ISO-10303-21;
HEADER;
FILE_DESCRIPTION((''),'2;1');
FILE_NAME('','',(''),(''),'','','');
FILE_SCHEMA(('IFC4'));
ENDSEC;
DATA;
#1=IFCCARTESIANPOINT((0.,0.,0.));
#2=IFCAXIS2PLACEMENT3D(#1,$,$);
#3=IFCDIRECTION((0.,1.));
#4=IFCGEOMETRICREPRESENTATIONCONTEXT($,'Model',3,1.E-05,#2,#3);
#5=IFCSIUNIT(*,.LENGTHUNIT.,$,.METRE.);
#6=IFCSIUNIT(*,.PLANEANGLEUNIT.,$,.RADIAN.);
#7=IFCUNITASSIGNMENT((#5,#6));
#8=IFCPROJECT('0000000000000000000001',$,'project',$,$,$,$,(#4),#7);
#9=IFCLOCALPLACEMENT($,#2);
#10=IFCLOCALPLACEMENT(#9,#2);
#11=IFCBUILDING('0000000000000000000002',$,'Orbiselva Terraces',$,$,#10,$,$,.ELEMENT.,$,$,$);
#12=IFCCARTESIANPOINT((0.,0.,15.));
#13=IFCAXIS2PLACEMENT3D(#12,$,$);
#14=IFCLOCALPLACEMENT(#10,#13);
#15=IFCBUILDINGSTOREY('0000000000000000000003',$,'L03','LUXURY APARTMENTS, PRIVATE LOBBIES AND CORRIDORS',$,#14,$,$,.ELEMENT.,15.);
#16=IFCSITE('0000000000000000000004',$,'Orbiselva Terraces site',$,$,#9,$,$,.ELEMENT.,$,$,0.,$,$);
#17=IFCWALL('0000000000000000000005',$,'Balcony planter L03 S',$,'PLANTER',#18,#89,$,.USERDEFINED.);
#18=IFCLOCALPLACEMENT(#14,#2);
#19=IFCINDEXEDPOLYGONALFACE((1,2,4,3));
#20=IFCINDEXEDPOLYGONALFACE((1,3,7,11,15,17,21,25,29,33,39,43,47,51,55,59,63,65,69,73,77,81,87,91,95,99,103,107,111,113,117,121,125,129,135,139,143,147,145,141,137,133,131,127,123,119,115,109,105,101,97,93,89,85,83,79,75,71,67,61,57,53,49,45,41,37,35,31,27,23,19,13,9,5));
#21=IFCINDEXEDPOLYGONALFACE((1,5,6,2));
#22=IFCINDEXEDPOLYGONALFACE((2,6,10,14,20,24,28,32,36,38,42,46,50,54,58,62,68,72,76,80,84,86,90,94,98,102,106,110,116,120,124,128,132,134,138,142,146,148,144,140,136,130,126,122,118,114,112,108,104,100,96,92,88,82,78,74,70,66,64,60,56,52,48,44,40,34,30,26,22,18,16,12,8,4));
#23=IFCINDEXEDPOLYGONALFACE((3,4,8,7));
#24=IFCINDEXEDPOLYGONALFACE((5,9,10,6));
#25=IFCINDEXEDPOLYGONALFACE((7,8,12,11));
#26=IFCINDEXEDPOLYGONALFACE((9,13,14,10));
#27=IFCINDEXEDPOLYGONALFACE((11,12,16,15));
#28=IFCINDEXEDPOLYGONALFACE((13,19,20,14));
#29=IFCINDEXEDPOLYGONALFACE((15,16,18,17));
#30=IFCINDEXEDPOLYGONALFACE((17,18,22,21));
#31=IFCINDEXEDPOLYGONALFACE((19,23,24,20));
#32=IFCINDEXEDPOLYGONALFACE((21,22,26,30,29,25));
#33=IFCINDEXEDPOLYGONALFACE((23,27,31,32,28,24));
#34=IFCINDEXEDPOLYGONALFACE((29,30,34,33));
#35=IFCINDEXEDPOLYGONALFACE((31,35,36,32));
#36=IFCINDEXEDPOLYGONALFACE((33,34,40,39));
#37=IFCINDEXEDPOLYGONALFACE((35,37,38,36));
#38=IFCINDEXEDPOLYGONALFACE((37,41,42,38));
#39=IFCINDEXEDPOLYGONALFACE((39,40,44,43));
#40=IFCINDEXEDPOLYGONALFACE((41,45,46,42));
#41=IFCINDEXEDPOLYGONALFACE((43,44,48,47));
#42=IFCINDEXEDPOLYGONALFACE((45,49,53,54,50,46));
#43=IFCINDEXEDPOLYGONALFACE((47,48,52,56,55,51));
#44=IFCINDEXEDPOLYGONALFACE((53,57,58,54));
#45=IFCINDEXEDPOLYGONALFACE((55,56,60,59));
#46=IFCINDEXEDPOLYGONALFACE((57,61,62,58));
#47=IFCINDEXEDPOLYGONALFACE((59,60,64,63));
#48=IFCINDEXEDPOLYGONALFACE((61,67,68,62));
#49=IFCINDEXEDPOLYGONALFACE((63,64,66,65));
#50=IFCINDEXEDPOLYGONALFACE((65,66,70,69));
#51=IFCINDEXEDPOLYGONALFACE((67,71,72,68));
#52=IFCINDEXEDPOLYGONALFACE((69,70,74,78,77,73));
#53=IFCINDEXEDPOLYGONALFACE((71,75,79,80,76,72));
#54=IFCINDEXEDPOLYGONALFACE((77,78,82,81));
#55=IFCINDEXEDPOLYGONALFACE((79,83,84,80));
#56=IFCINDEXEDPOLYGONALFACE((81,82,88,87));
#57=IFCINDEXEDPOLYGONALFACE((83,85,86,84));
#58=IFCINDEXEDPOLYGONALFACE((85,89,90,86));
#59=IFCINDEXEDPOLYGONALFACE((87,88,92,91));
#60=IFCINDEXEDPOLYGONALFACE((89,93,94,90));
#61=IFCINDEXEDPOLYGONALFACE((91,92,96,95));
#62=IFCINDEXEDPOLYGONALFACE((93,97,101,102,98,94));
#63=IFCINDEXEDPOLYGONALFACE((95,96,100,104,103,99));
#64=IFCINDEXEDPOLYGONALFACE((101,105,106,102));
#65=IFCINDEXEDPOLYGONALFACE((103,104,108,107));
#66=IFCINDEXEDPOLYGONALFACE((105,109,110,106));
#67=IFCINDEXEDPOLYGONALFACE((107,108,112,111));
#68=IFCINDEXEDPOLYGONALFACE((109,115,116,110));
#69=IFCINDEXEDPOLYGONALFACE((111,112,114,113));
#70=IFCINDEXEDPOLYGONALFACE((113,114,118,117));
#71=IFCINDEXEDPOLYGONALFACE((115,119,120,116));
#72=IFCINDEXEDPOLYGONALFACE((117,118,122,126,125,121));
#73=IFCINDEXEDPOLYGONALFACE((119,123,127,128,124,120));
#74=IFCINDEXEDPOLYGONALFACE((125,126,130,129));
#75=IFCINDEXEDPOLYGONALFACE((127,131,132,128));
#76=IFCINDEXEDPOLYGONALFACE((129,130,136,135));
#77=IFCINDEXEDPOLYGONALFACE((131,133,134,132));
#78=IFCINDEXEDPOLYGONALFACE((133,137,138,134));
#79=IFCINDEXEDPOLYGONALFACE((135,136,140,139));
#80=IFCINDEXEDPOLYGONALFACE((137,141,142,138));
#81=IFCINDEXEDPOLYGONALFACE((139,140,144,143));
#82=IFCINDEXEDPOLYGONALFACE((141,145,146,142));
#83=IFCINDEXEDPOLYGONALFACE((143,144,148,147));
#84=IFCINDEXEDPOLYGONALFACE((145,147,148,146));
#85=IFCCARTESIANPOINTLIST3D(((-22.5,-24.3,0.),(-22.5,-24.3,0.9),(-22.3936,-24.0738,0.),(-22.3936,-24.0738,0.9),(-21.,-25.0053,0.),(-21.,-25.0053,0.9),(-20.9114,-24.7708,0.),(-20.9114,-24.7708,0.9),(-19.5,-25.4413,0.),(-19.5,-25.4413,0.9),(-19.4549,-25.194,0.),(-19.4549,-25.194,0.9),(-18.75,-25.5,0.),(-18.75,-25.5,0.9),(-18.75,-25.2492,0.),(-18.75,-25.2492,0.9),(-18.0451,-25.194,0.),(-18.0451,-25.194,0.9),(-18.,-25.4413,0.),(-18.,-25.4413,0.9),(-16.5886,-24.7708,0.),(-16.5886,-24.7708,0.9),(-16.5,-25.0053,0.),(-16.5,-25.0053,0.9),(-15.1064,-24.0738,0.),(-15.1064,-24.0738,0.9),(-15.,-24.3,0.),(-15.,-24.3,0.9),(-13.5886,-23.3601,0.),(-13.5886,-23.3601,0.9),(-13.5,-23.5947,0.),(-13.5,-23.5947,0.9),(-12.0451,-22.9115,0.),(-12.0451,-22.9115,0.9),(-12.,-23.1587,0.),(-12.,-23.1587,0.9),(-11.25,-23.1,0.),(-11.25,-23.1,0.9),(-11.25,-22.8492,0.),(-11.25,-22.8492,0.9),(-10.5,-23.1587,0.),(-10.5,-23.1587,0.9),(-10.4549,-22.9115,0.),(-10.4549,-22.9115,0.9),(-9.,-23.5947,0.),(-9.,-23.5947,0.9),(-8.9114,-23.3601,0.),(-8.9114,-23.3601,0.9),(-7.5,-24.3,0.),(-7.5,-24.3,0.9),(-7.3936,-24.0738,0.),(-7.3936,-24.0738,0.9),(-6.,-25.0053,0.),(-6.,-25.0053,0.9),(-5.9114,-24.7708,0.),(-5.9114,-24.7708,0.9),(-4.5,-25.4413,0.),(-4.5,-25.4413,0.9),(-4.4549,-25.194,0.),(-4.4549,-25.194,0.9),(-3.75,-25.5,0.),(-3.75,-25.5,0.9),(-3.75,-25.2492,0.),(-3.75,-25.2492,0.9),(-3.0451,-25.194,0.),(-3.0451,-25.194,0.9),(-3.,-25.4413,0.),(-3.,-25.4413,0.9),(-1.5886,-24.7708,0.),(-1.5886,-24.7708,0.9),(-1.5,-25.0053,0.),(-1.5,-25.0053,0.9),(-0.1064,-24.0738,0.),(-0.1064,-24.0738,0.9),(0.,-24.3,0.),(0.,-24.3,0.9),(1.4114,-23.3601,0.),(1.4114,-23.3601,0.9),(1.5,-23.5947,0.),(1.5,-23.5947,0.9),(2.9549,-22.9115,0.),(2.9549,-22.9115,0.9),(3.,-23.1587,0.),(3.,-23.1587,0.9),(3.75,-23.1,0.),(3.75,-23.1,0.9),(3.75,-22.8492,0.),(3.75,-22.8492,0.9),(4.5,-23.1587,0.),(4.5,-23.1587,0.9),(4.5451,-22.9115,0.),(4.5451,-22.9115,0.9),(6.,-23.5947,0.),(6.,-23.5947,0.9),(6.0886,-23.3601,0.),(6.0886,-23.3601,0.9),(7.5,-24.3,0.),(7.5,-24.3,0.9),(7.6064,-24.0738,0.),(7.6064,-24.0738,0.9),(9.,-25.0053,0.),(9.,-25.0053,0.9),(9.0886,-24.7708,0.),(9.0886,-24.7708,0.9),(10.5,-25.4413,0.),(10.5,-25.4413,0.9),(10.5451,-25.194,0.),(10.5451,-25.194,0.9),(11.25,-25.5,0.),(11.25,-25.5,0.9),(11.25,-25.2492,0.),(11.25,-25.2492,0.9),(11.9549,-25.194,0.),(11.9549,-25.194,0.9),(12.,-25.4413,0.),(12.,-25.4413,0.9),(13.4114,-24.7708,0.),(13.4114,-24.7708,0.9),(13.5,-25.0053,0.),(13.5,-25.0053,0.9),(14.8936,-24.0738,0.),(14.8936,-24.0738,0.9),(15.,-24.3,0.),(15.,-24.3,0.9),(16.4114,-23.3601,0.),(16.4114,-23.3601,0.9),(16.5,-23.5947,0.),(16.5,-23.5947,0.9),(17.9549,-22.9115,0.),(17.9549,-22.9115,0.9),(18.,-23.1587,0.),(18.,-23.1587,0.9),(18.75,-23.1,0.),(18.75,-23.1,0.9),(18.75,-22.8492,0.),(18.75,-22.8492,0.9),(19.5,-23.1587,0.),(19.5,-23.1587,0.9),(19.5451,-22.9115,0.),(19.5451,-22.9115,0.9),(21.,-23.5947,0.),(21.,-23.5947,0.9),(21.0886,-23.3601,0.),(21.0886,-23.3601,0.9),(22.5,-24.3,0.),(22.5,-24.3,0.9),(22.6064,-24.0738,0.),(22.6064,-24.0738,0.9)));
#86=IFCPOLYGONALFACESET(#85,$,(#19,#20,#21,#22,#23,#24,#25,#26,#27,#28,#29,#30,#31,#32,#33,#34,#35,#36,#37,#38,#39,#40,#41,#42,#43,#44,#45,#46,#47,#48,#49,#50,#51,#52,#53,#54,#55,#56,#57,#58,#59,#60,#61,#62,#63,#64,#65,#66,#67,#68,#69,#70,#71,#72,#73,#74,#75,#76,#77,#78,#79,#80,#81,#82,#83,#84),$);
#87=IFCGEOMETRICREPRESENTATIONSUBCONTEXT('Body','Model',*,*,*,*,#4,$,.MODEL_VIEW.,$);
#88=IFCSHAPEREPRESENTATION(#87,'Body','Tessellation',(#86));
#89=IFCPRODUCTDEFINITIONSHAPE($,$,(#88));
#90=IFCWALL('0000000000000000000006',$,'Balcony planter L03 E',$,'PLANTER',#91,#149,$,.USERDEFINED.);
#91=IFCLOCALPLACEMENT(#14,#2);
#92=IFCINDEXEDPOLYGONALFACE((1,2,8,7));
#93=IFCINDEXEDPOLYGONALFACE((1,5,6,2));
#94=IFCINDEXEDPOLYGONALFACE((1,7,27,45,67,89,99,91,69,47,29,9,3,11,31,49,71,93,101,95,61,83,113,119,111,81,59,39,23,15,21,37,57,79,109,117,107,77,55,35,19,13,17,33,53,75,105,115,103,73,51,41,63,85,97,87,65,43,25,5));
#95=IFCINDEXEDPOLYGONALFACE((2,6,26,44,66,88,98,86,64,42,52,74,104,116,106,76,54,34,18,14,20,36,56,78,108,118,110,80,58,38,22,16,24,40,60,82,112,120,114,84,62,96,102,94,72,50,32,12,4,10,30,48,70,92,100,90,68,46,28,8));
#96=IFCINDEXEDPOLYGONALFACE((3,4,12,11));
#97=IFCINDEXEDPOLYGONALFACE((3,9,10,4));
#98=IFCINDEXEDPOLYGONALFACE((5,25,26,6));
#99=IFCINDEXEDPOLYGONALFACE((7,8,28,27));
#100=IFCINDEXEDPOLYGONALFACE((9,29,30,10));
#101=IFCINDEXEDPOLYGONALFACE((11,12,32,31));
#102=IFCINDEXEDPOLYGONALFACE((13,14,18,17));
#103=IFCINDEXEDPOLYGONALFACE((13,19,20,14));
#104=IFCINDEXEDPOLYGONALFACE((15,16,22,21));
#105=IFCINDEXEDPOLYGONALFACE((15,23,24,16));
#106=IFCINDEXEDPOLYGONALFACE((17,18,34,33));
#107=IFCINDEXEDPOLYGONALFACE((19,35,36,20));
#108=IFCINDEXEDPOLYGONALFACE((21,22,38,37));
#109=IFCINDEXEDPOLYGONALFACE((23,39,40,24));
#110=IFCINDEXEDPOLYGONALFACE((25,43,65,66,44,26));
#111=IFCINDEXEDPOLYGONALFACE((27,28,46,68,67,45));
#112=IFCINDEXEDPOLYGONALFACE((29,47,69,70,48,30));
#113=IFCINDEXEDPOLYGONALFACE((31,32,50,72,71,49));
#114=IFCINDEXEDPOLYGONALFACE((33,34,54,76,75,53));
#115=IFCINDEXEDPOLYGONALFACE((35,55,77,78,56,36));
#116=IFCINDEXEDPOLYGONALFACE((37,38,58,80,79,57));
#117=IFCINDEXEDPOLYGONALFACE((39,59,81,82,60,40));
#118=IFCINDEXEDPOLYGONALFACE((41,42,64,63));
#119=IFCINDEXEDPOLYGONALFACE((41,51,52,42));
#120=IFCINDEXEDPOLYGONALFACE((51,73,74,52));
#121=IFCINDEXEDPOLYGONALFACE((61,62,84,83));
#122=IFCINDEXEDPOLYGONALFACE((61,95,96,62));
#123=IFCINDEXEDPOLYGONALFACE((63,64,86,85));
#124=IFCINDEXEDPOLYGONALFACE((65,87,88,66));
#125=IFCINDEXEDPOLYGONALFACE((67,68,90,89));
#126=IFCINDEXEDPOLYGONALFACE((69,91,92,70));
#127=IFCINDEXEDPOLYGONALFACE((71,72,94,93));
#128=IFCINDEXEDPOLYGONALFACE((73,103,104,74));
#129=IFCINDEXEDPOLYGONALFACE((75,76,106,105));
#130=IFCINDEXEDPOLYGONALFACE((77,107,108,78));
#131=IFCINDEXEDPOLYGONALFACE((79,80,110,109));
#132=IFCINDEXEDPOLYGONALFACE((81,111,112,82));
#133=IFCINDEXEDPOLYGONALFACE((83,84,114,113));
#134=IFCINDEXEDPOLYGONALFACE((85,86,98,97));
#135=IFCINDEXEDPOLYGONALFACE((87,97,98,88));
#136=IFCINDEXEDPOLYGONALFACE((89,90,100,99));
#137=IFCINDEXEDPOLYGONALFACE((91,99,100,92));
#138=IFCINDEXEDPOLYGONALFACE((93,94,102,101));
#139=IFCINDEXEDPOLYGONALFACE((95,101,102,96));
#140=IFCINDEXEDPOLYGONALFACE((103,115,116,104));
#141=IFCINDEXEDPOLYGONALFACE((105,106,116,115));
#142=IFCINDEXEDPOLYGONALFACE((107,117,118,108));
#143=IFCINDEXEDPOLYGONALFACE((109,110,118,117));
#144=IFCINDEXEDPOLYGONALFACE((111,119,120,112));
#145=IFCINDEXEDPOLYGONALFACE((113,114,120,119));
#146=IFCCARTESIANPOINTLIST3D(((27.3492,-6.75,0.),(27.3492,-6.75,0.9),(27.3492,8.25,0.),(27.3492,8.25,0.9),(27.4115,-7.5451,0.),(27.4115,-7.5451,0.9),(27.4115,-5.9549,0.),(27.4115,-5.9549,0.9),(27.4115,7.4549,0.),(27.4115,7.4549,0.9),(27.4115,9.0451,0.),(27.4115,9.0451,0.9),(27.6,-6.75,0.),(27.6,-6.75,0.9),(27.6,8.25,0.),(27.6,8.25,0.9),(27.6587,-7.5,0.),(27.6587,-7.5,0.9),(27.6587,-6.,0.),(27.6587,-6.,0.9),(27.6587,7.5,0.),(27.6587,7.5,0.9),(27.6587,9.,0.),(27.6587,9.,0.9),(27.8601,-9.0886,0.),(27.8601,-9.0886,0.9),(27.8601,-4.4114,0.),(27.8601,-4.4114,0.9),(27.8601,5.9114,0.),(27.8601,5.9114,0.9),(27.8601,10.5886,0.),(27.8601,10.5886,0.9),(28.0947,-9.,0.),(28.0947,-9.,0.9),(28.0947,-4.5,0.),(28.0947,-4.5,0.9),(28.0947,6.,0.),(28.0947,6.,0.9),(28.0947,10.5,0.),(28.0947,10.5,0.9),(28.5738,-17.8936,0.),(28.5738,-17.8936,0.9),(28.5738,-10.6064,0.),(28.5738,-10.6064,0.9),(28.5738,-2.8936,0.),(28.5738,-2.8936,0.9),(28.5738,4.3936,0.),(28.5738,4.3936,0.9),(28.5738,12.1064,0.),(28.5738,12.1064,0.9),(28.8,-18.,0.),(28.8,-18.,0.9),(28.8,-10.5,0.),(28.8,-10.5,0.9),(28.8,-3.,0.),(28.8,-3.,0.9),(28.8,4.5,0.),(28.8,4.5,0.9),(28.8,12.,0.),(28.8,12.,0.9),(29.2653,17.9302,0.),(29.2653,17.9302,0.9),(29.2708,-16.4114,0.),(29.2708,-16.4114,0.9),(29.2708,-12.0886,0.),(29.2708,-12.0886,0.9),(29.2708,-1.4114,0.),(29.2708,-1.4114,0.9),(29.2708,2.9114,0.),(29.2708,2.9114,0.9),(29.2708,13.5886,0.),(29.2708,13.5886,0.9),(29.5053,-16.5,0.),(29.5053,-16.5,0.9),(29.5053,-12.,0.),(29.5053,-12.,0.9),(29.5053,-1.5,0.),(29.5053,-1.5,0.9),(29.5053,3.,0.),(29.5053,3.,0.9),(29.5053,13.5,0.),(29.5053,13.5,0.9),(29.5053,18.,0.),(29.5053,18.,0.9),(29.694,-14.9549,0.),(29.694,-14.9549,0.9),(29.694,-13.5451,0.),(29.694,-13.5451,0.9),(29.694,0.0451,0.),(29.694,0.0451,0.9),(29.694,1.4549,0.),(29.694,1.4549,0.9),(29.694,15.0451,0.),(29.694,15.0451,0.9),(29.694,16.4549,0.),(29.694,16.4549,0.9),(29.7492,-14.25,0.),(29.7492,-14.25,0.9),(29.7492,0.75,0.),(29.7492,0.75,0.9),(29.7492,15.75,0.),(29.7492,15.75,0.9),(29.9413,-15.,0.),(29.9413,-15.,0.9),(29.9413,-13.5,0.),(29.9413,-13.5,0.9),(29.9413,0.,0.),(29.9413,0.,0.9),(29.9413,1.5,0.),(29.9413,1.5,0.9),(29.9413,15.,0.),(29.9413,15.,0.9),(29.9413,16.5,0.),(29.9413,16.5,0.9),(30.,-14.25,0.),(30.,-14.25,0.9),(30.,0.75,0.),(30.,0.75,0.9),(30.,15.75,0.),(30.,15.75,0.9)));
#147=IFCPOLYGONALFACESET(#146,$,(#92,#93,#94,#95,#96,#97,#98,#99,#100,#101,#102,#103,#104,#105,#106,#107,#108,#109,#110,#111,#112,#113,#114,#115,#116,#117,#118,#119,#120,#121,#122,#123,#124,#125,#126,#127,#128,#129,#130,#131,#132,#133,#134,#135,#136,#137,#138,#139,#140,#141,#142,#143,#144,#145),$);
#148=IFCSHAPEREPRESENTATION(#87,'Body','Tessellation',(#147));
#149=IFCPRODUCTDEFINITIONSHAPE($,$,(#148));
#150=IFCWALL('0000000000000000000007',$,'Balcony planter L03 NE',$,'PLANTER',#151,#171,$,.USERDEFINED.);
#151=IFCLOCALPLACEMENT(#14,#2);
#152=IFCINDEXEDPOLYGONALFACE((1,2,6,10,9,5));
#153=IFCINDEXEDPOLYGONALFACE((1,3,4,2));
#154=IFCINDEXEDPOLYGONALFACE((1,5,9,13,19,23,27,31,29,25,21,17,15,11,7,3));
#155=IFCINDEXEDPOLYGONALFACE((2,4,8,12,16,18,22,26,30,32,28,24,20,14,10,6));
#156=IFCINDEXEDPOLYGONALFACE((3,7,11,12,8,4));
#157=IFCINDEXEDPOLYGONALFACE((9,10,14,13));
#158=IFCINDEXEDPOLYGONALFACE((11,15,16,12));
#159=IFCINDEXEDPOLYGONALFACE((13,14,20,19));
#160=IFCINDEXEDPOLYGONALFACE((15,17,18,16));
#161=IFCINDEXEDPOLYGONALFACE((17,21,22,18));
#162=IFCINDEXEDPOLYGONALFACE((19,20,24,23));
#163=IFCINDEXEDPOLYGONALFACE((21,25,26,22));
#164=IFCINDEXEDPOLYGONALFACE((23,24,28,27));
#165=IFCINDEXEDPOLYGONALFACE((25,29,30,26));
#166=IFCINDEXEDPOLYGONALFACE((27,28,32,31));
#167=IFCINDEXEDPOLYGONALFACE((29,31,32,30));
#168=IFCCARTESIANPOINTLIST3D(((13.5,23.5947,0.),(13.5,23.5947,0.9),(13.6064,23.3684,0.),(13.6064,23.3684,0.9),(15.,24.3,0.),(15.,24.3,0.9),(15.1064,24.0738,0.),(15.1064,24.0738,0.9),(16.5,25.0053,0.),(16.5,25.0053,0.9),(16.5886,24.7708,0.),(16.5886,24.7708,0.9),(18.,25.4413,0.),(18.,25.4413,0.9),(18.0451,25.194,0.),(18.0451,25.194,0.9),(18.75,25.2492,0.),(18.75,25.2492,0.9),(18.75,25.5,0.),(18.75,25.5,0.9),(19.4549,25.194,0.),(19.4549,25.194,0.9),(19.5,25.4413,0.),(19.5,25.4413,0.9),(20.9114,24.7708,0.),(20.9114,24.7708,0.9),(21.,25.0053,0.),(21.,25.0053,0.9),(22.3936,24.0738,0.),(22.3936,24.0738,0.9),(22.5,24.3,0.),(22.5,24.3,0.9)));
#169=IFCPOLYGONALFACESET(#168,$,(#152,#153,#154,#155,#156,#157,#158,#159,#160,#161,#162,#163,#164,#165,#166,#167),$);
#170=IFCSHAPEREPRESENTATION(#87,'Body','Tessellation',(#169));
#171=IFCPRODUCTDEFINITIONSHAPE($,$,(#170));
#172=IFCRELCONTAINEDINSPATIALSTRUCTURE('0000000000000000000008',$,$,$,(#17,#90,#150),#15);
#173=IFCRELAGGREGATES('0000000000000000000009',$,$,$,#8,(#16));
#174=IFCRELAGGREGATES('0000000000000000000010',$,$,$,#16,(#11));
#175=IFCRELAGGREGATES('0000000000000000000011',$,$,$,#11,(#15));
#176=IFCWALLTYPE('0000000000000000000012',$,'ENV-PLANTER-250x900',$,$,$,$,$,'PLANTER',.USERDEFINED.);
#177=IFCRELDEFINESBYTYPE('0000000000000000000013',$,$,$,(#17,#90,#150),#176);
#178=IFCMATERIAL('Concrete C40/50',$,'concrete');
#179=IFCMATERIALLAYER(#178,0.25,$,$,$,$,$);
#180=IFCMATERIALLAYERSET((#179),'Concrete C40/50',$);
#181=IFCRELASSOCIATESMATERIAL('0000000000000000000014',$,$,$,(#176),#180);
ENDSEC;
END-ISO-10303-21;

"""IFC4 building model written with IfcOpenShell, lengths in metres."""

from ifc_helpers import new_model, si_unit, direction, frame, origin, place, context, subcontext, project, spatial, polyline, outline, extrude, material, layer, layer_set, type_object, element, save


model = new_model("IFC4")

# Units and contexts
model_context = context("Model", 3, precision=1e-05, world=origin(), true_north=direction((0.0, 1.0)))
body_context = subcontext(model_context, "Body", "Model", "MODEL_VIEW")
ifc_project = project(units=[si_unit("LENGTHUNIT", "METRE"), si_unit("PLANEANGLEUNIT", "RADIAN")], contexts=[model_context])

# Site, building, storey
site_placement = place(None, origin())
site = spatial("IfcSite", under=ifc_project, at=site_placement, Name="Orbiselva Terraces site", CompositionType="ELEMENT", RefElevation=0.0)
building_placement = place(site_placement, origin())
building = spatial("IfcBuilding", under=site, at=building_placement, Name="Orbiselva Terraces", CompositionType="ELEMENT")
storey_placement = place(building_placement, frame((0.0, 0.0, 15.0)))
storey = spatial("IfcBuildingStorey", under=building, at=storey_placement, Name="L03", Description="LUXURY APARTMENTS, PRIVATE LOBBIES AND CORRIDORS", CompositionType="ELEMENT", Elevation=15.0)

# Shared definitions
ifc_material_1 = material(Name="Concrete C40/50", Category="concrete")

# Walls
ifc_layer_1 = layer(ifc_material_1, 0.25)
ifc_layer_set_1 = layer_set([ifc_layer_1], Name="Concrete C40/50")
wall_type_1 = type_object("IfcWallType", Name="ENV-PLANTER-250x900", ElementType="PLANTER", PredefinedType="USERDEFINED", material=ifc_layer_set_1)
wall_1_placement = place(storey_placement, origin())
element("IfcWall", 1, at=wall_1_placement, inside=storey, type_object=wall_type_1, Name="Balcony planter L03 S", ObjectType="PLANTER", PredefinedType="USERDEFINED", context=body_context, shape_type="SweptSolid", body=[
    extrude(outline(polyline([(-22.5, -24.3), (-21.0, -25.0053), (-19.5, -25.4413), (-18.75, -25.5), (-18.0, -25.4413), (-16.5, -25.0053), (-15.0, -24.3), (-13.5, -23.5947), (-12.0, -23.1587), (-11.25, -23.1), (-10.5, -23.1587), (-9.0, -23.5947), (-7.5, -24.3), (-6.0, -25.0053), (-4.5, -25.4413), (-3.75, -25.5), (-3.0, -25.4413), (-1.5, -25.0053), (0.0, -24.3), (1.5, -23.5947), (3.0, -23.1587), (3.75, -23.1), (4.5, -23.1587), (6.0, -23.5947), (7.5, -24.3), (9.0, -25.0053), (10.5, -25.4413), (11.25, -25.5), (12.0, -25.4413), (13.5, -25.0053), (15.0, -24.3), (16.5, -23.5947), (18.0, -23.1587), (18.75, -23.1), (19.5, -23.1587), (21.0, -23.5947), (22.5, -24.3), (22.6064, -24.0738), (21.0886, -23.3601), (19.5451, -22.9115), (18.75, -22.8492), (17.9549, -22.9115), (16.4114, -23.3601), (14.8936, -24.0738), (13.4114, -24.7708), (11.9549, -25.194), (11.25, -25.2492), (10.5451, -25.194), (9.0886, -24.7708), (7.6064, -24.0738), (6.0886, -23.3601), (4.5451, -22.9115), (3.75, -22.8492), (2.9549, -22.9115), (1.4114, -23.3601), (-0.1064, -24.0738), (-1.5886, -24.7708), (-3.0451, -25.194), (-3.75, -25.2492), (-4.4549, -25.194), (-5.9114, -24.7708), (-7.3936, -24.0738), (-8.9114, -23.3601), (-10.4549, -22.9115), (-11.25, -22.8492), (-12.0451, -22.9115), (-13.5886, -23.3601), (-15.1064, -24.0738), (-16.5886, -24.7708), (-18.0451, -25.194), (-18.75, -25.2492), (-19.4549, -25.194), (-20.9114, -24.7708), (-22.3936, -24.0738), (-22.5, -24.3)])), origin(), (0.0, 0.0, 1.0), 0.9),
])
wall_2_placement = place(storey_placement, origin())
element("IfcWall", 2, at=wall_2_placement, inside=storey, type_object=wall_type_1, Name="Balcony planter L03 E", ObjectType="PLANTER", PredefinedType="USERDEFINED", context=body_context, shape_type="SweptSolid", body=[
    extrude(outline(polyline([(28.8, -18.0), (29.5053, -16.5), (29.9413, -15.0), (30.0, -14.25), (29.9413, -13.5), (29.5053, -12.0), (28.8, -10.5), (28.0947, -9.0), (27.6587, -7.5), (27.6, -6.75), (27.6587, -6.0), (28.0947, -4.5), (28.8, -3.0), (29.5053, -1.5), (29.9413, 0.0), (30.0, 0.75), (29.9413, 1.5), (29.5053, 3.0), (28.8, 4.5), (28.0947, 6.0), (27.6587, 7.5), (27.6, 8.25), (27.6587, 9.0), (28.0947, 10.5), (28.8, 12.0), (29.5053, 13.5), (29.9413, 15.0), (30.0, 15.75), (29.9413, 16.5), (29.5053, 18.0), (29.2653, 17.9302), (29.694, 16.4549), (29.7492, 15.75), (29.694, 15.0451), (29.2708, 13.5886), (28.5738, 12.1064), (27.8601, 10.5886), (27.4115, 9.0451), (27.3492, 8.25), (27.4115, 7.4549), (27.8601, 5.9114), (28.5738, 4.3936), (29.2708, 2.9114), (29.694, 1.4549), (29.7492, 0.75), (29.694, 0.0451), (29.2708, -1.4114), (28.5738, -2.8936), (27.8601, -4.4114), (27.4115, -5.9549), (27.3492, -6.75), (27.4115, -7.5451), (27.8601, -9.0886), (28.5738, -10.6064), (29.2708, -12.0886), (29.694, -13.5451), (29.7492, -14.25), (29.694, -14.9549), (29.2708, -16.4114), (28.5738, -17.8936), (28.8, -18.0)])), origin(), (0.0, 0.0, 1.0), 0.9),
])
wall_3_placement = place(storey_placement, origin())
element("IfcWall", 3, at=wall_3_placement, inside=storey, type_object=wall_type_1, Name="Balcony planter L03 NE", ObjectType="PLANTER", PredefinedType="USERDEFINED", context=body_context, shape_type="SweptSolid", body=[
    extrude(outline(polyline([(22.5, 24.3), (21.0, 25.0053), (19.5, 25.4413), (18.75, 25.5), (18.0, 25.4413), (16.5, 25.0053), (15.0, 24.3), (13.5, 23.5947), (13.6064, 23.3684), (15.1064, 24.0738), (16.5886, 24.7708), (18.0451, 25.194), (18.75, 25.2492), (19.4549, 25.194), (20.9114, 24.7708), (22.3936, 24.0738), (22.5, 24.3)])), origin(), (0.0, 0.0, 1.0), 0.9),
])

save(model, "model.ifc")
